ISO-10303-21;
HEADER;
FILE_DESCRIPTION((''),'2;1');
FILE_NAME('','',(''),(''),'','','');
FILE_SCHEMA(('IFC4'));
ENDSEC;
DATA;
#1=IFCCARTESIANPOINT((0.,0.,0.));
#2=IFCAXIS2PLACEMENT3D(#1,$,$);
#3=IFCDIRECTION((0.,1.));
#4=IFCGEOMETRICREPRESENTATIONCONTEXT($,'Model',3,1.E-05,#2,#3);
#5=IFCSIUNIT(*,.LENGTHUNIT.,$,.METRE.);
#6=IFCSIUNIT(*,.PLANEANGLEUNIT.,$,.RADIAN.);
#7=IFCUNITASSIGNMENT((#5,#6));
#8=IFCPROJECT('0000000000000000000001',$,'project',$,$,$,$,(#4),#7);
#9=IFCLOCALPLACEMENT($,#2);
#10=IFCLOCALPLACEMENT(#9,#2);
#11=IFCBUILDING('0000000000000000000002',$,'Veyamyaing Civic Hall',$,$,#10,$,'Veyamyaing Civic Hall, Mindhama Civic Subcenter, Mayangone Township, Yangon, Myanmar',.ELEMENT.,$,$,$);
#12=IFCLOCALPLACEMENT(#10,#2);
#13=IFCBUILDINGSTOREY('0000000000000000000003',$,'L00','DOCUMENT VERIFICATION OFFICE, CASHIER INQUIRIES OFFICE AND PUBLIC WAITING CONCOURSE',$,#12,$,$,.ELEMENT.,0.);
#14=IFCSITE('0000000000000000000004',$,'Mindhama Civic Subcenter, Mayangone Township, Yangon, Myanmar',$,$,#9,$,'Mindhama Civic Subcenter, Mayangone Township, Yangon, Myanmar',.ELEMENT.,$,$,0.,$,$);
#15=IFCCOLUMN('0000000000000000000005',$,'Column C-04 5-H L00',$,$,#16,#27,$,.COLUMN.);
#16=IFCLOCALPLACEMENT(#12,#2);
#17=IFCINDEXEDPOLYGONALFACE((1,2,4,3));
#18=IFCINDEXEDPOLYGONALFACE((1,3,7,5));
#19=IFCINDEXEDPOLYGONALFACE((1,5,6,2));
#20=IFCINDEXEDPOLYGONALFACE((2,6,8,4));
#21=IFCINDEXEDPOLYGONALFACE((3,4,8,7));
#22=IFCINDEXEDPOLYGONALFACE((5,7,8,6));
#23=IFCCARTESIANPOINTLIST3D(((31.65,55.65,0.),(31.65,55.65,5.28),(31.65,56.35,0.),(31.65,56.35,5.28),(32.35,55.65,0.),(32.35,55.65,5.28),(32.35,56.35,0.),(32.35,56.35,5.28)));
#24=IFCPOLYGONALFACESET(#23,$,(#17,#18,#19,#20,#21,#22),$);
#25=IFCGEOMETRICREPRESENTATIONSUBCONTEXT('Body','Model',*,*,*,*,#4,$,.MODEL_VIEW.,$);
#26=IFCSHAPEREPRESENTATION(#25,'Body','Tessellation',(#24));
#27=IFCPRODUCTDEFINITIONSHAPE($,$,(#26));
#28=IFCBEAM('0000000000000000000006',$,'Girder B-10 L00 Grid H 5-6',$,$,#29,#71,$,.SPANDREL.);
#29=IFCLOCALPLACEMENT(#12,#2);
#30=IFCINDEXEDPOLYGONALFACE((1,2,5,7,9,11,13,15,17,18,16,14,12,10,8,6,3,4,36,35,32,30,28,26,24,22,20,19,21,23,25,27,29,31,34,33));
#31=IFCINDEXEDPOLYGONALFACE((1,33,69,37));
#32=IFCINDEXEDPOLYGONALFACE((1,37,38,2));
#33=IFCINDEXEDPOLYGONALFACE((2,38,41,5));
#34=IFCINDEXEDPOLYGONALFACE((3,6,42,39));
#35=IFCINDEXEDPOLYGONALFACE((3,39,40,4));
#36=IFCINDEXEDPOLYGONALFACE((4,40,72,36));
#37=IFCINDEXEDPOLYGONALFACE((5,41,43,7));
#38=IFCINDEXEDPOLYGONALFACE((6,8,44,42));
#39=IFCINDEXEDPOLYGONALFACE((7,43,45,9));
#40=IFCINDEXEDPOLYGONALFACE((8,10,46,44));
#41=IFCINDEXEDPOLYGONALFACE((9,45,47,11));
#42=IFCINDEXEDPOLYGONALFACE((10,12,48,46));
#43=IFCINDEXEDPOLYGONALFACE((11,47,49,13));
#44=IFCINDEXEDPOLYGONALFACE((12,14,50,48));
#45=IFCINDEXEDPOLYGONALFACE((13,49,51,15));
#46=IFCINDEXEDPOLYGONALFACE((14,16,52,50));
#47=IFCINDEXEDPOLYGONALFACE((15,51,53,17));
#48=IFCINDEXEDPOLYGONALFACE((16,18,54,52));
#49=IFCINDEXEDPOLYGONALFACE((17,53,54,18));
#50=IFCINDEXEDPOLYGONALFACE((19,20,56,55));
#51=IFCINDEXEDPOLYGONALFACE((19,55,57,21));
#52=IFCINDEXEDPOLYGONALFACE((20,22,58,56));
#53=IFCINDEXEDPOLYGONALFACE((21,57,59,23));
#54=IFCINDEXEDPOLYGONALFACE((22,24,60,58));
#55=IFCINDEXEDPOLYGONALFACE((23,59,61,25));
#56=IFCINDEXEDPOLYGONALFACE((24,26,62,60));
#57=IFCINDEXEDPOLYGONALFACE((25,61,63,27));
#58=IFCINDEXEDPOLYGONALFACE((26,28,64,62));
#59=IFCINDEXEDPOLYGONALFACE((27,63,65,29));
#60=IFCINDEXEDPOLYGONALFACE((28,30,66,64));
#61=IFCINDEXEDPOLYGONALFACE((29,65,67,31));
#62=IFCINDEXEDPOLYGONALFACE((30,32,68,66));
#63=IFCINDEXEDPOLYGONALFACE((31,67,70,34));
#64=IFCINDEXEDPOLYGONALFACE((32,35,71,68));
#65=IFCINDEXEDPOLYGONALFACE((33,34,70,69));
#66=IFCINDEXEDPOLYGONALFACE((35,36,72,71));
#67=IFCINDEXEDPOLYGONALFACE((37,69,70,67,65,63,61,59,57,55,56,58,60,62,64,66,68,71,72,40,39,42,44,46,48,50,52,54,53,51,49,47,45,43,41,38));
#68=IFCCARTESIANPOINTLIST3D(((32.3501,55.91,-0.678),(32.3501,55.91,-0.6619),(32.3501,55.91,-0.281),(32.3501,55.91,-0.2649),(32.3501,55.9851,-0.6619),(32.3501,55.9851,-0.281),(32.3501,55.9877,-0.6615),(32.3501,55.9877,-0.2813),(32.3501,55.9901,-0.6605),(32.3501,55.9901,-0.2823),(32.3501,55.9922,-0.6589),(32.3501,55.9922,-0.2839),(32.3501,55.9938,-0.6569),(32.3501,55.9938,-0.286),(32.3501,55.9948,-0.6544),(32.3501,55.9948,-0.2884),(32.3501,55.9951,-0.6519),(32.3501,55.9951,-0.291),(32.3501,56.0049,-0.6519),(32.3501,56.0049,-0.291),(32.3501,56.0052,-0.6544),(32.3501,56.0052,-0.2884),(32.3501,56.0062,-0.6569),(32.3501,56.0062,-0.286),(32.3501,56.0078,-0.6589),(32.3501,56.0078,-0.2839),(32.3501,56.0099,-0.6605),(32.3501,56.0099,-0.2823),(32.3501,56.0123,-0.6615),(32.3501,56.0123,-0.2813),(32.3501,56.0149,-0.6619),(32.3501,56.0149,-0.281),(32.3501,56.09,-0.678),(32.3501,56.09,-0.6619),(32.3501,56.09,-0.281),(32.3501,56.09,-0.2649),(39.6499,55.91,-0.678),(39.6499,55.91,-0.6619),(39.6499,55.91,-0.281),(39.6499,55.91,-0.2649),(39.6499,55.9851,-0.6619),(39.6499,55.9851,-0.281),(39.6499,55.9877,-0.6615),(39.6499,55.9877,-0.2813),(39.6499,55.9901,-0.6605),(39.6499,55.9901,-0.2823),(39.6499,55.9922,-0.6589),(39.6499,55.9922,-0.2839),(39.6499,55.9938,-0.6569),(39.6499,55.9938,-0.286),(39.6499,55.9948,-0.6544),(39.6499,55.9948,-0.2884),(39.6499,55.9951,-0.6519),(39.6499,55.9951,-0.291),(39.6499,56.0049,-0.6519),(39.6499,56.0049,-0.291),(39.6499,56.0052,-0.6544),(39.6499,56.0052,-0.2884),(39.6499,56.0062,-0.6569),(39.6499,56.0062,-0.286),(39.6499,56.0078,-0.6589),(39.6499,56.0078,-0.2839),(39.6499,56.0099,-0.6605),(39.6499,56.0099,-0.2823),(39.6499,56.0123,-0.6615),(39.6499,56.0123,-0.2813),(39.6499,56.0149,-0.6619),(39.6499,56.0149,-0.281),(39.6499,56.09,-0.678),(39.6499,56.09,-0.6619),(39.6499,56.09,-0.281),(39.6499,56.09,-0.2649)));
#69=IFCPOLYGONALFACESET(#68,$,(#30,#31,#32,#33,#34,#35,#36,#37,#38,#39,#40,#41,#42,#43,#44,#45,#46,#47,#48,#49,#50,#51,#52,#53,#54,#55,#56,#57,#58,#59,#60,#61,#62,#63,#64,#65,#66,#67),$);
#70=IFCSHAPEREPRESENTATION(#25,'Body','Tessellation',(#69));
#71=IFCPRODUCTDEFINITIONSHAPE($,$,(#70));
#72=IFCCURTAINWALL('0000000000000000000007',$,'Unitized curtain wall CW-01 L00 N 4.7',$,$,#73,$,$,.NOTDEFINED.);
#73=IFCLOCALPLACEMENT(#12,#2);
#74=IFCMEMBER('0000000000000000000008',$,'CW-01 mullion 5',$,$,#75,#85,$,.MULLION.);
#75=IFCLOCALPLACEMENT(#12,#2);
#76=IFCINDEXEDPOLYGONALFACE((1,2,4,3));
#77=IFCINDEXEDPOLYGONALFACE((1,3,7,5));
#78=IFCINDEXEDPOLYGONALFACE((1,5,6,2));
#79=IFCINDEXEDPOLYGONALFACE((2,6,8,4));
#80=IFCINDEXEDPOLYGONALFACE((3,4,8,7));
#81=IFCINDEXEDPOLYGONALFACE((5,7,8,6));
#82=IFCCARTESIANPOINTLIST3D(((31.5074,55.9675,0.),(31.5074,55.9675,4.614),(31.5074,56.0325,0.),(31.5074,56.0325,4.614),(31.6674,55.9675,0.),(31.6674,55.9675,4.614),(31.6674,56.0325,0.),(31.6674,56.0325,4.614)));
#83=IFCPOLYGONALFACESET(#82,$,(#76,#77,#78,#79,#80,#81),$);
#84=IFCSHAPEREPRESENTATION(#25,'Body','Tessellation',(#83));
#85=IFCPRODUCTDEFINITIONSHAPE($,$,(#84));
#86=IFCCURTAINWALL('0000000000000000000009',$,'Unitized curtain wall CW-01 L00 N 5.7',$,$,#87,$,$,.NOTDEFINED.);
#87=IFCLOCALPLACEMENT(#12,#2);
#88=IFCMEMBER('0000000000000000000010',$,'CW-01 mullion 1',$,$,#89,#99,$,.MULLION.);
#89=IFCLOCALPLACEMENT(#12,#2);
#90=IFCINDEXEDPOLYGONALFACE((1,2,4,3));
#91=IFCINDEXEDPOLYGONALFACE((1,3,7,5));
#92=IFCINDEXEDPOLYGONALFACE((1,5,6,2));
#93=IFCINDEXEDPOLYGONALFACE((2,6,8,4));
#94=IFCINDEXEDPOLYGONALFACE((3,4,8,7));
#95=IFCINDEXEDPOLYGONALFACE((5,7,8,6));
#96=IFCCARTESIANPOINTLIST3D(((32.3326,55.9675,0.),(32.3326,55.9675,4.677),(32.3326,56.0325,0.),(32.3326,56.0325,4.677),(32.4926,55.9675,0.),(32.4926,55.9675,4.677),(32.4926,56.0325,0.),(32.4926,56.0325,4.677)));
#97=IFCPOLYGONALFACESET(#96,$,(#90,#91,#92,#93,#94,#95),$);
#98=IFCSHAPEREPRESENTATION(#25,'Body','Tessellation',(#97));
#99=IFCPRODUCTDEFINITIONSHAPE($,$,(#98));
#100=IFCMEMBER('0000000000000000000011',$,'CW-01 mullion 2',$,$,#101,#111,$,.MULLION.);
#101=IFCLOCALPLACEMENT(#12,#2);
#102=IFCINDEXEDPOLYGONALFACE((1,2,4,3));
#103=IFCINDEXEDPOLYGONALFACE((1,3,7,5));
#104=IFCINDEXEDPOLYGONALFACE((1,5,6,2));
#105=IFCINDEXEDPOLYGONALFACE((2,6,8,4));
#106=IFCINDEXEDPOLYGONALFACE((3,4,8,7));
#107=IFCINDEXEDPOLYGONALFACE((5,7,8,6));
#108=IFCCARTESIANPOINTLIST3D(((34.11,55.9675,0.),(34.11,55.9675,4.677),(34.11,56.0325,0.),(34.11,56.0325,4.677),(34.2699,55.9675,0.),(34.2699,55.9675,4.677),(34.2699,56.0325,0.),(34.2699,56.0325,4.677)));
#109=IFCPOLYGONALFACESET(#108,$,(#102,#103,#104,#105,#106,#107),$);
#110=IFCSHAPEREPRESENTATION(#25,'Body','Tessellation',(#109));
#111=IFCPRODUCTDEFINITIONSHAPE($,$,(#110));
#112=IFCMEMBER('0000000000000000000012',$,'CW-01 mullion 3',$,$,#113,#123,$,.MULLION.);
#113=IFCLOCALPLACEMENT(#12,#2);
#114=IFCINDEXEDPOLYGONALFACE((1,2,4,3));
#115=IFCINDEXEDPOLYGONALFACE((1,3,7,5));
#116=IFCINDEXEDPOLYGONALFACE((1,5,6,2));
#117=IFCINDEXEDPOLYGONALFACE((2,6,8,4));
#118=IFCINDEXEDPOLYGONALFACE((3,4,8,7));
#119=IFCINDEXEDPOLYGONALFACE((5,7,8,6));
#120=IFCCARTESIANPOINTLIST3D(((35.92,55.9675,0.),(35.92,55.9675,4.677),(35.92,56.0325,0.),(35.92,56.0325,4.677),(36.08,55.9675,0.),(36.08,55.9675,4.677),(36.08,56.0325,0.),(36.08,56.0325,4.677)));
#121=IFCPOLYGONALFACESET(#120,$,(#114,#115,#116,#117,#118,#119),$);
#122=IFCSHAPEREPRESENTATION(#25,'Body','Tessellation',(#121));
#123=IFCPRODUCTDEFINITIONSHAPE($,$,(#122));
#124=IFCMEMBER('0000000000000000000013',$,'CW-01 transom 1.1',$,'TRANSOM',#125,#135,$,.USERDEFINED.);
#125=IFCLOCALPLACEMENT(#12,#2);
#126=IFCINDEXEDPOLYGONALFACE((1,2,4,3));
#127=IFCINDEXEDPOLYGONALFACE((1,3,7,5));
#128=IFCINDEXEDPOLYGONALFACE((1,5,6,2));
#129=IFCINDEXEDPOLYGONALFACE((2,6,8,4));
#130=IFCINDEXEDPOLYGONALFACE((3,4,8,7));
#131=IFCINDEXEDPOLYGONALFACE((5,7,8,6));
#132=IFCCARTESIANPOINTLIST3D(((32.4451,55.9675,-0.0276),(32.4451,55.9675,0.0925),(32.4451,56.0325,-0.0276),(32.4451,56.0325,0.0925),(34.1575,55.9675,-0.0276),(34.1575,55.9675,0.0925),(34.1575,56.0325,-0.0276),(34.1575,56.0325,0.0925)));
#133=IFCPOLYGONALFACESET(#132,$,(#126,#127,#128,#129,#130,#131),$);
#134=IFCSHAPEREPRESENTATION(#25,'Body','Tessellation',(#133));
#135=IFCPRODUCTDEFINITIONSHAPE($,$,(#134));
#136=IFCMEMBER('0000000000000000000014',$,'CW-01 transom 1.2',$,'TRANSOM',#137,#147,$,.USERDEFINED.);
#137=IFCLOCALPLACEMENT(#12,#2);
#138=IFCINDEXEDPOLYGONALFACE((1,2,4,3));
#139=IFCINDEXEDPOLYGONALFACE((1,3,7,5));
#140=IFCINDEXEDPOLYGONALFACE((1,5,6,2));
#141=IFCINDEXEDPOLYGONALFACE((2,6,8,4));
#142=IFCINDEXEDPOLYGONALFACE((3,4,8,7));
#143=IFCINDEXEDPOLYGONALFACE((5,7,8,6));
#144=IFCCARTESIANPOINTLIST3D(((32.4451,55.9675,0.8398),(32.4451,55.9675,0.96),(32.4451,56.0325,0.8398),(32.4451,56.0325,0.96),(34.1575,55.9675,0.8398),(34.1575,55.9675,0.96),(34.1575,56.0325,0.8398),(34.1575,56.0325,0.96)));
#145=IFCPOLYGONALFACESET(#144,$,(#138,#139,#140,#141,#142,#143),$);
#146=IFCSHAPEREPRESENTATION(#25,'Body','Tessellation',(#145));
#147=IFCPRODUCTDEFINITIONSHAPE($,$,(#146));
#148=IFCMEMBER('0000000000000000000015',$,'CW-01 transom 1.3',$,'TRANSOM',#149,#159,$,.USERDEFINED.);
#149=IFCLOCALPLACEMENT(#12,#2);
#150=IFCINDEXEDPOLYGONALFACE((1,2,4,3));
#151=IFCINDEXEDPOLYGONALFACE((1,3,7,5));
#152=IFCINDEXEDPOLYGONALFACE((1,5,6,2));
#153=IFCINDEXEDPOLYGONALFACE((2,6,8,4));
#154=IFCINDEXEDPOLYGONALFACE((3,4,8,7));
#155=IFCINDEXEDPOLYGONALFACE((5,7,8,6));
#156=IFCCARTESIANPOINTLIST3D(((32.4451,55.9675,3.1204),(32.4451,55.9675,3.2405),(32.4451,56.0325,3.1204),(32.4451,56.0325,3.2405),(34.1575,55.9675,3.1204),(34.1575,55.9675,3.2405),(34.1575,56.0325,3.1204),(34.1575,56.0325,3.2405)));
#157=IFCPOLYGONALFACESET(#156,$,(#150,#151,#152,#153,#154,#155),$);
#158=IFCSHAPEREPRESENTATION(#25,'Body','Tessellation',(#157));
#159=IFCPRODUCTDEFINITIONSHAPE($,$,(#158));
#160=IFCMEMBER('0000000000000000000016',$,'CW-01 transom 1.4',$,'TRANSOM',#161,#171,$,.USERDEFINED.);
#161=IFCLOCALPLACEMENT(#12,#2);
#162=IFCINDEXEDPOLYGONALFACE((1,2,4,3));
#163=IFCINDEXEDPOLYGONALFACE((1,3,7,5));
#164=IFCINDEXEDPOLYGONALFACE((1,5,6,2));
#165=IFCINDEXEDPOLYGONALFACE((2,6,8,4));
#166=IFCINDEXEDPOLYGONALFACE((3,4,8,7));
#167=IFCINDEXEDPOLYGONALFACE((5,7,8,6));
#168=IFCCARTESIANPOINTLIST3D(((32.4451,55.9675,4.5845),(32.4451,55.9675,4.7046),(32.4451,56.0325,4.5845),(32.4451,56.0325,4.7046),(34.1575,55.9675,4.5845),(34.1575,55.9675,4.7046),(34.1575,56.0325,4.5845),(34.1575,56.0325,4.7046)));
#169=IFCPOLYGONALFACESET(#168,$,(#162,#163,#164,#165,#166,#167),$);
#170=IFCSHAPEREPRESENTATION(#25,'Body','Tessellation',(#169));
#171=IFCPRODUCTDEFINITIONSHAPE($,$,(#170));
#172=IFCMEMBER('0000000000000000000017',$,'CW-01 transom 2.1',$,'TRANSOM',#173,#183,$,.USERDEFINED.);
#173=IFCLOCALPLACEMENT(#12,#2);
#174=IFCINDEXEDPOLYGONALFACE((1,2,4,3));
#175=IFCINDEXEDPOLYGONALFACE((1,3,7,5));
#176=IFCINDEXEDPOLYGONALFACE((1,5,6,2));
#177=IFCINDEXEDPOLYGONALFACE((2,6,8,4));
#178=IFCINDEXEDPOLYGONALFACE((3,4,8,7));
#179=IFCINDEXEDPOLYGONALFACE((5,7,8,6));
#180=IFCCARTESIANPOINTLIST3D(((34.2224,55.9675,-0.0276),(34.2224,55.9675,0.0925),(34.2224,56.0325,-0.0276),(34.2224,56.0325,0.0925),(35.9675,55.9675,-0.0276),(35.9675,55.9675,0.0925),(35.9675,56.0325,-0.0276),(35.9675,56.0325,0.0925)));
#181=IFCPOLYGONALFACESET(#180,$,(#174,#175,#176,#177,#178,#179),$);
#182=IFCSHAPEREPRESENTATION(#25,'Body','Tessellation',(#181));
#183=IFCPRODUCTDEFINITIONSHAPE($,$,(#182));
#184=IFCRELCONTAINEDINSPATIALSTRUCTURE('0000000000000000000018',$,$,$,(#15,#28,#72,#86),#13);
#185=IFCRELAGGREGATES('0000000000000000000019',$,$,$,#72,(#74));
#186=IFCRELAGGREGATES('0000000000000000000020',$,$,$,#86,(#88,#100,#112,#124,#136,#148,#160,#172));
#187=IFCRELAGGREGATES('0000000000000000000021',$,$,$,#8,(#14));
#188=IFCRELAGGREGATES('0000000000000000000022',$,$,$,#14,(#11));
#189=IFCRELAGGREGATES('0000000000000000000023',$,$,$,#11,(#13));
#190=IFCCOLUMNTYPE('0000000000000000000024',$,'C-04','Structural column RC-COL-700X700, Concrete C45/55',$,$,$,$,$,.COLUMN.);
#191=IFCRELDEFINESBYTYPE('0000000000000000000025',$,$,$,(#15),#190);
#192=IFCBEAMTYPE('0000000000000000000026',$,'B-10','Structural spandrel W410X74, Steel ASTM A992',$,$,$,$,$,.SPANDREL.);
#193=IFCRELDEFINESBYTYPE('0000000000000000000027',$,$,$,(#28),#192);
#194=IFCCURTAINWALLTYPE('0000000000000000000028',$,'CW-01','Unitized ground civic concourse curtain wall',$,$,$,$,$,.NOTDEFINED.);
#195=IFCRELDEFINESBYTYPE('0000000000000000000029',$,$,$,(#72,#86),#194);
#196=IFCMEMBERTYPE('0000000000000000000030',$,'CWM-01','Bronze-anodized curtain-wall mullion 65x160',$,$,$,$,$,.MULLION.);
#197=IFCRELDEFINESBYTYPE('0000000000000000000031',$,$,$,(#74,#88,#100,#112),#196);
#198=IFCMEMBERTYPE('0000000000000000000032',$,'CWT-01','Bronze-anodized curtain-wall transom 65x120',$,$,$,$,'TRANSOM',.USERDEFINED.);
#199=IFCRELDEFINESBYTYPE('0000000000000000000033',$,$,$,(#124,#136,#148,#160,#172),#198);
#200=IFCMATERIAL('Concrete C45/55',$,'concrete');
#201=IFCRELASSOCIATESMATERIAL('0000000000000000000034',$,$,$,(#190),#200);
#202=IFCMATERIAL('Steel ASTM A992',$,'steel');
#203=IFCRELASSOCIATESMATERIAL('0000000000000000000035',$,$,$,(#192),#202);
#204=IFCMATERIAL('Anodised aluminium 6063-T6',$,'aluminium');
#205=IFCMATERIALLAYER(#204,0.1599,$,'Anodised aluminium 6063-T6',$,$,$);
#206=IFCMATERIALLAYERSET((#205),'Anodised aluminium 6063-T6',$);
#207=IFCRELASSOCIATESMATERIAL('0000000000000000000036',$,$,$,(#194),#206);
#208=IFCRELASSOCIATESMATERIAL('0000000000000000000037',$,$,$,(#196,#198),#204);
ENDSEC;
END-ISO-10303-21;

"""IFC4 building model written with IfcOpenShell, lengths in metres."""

from ifc_helpers import new_model, si_unit, direction, frame, origin, origin_2d, place, context, subcontext, project, spatial, rectangle, i_section, extrude, material, layer, layer_set, material_profile, profile_set, type_object, element, aggregate, save


model = new_model("IFC4")

# Units and contexts
model_context = context("Model", 3, precision=1e-05, world=origin(), true_north=direction((0.0, 1.0)))
body_context = subcontext(model_context, "Body", "Model", "MODEL_VIEW")
ifc_project = project(units=[si_unit("LENGTHUNIT", "METRE"), si_unit("PLANEANGLEUNIT", "RADIAN")], contexts=[model_context])

# Site, building, storey
site_placement = place(None, origin())
site = spatial("IfcSite", under=ifc_project, at=site_placement, Name="Mindhama Civic Subcenter, Mayangone Township, Yangon, Myanmar", LongName="Mindhama Civic Subcenter, Mayangone Township, Yangon, Myanmar", CompositionType="ELEMENT", RefElevation=0.0)
building_placement = place(site_placement, origin())
building = spatial("IfcBuilding", under=site, at=building_placement, Name="Veyamyaing Civic Hall", LongName="Veyamyaing Civic Hall, Mindhama Civic Subcenter, Mayangone Township, Yangon, Myanmar", CompositionType="ELEMENT")
storey_placement = place(building_placement, origin())
storey = spatial("IfcBuildingStorey", under=building, at=storey_placement, Name="L00", Description="DOCUMENT VERIFICATION OFFICE, CASHIER INQUIRIES OFFICE AND PUBLIC WAITING CONCOURSE", CompositionType="ELEMENT", Elevation=0.0)

# Column
ifc_material_1 = material(Name="Concrete C45/55", Category="concrete")
ifc_material_profile_1 = material_profile(ifc_material_1, rectangle(XDim=0.7, YDim=0.7, at=origin_2d()), Name="RC-COL-700X700")
ifc_profile_set_1 = profile_set([ifc_material_profile_1], Name="Concrete C45/55")
column_type = type_object("IfcColumnType", Name="C-04", Description="Structural column RC-COL-700X700, Concrete C45/55", PredefinedType="COLUMN", material=ifc_profile_set_1)
column_placement = place(storey_placement, frame((32.0, 56.0, 0.0), z_axis=(0.0, 0.0, 1.0), x_axis=(1.0, 0.0, 0.0)))
element("IfcColumn", 1, at=column_placement, inside=storey, type_object=column_type, Name="Column C-04 5-H L00", PredefinedType="COLUMN", context=body_context, shape_type="SweptSolid", body=[
    extrude(rectangle(XDim=0.7, YDim=0.7, at=origin_2d()), origin(), (0.0, 0.0, 1.0), 5.28),
])

# Beam
ifc_material_2 = material(Name="Steel ASTM A992", Category="steel")
ifc_material_profile_2 = material_profile(ifc_material_2, i_section(OverallWidth=0.1799, OverallDepth=0.4131, WebThickness=0.0098, FlangeThickness=0.0161, FilletRadius=0.01, at=origin_2d()), Name="W410X74")
ifc_profile_set_2 = profile_set([ifc_material_profile_2], Name="Steel ASTM A992")
beam_type = type_object("IfcBeamType", Name="B-10", Description="Structural spandrel W410X74, Steel ASTM A992", PredefinedType="SPANDREL", material=ifc_profile_set_2)
beam_placement = place(storey_placement, frame((32.3501, 56.0, -0.4714), z_axis=(1.0, 0.0, 0.0), x_axis=(0.0, 1.0, 0.0)))
element("IfcBeam", 2, at=beam_placement, inside=storey, type_object=beam_type, Name="Girder B-10 L00 Grid H 5-6", PredefinedType="SPANDREL", context=body_context, shape_type="SweptSolid", body=[
    extrude(i_section(OverallWidth=0.1799, OverallDepth=0.4131, WebThickness=0.0098, FlangeThickness=0.0161, FilletRadius=0.01, at=origin_2d()), origin(), (0.0, 0.0, 1.0), 7.2998),
])

# Curtain wall, member
ifc_material_3 = material(Name="Anodised aluminium 6063-T6", Category="aluminium")
ifc_layer_1 = layer(ifc_material_3, 0.1599, Name="Anodised aluminium 6063-T6")
ifc_layer_set_1 = layer_set([ifc_layer_1], Name="Anodised aluminium 6063-T6")
curtain_wall_type = type_object("IfcCurtainWallType", Name="CW-01", Description="Unitized ground civic concourse curtain wall", PredefinedType="NOTDEFINED", material=ifc_layer_set_1)
curtain_wall_1_placement = place(storey_placement, origin())
curtain_wall_1 = element("IfcCurtainWall", 3, at=curtain_wall_1_placement, inside=storey, type_object=curtain_wall_type, Name="Unitized curtain wall CW-01 L00 N 4.7", PredefinedType="NOTDEFINED")
ifc_material_profile_3 = material_profile(ifc_material_3, rectangle(XDim=0.0649, YDim=0.1599, at=origin_2d()), Name="ALU-MUL-65X160")
ifc_profile_set_3 = profile_set([ifc_material_profile_3], Name="Anodised aluminium 6063-T6")
member_type_1 = type_object("IfcMemberType", Name="CWM-01", Description="Bronze-anodized curtain-wall mullion 65x160", PredefinedType="MULLION", material=ifc_profile_set_3)
member_1_placement = place(storey_placement, frame((31.5874, 56.0, 0.0), z_axis=(0.0, 0.0, 1.0), x_axis=(0.0, 1.0, 0.0)))
member_1 = element("IfcMember", 4, at=member_1_placement, type_object=member_type_1, Name="CW-01 mullion 5", PredefinedType="MULLION", context=body_context, shape_type="SweptSolid", body=[
    extrude(rectangle(XDim=0.0649, YDim=0.1599, at=origin_2d()), origin(), (0.0, 0.0, 1.0), 4.614),
])

# Curtain wall, members
curtain_wall_2_placement = place(storey_placement, origin())
curtain_wall_2 = element("IfcCurtainWall", 5, at=curtain_wall_2_placement, inside=storey, type_object=curtain_wall_type, Name="Unitized curtain wall CW-01 L00 N 5.7", PredefinedType="NOTDEFINED")
member_2_placement = place(storey_placement, frame((32.4126, 56.0, 0.0), z_axis=(0.0, 0.0, 1.0), x_axis=(0.0, 1.0, 0.0)))
member_2 = element("IfcMember", 6, at=member_2_placement, type_object=member_type_1, Name="CW-01 mullion 1", PredefinedType="MULLION", context=body_context, shape_type="SweptSolid", body=[
    extrude(rectangle(XDim=0.0649, YDim=0.1599, at=origin_2d()), origin(), (0.0, 0.0, 1.0), 4.677),
])
member_3_placement = place(storey_placement, frame((34.1899, 56.0, 0.0), z_axis=(0.0, 0.0, 1.0), x_axis=(0.0, 1.0, 0.0)))
member_3 = element("IfcMember", 7, at=member_3_placement, type_object=member_type_1, Name="CW-01 mullion 2", PredefinedType="MULLION", context=body_context, shape_type="SweptSolid", body=[
    extrude(rectangle(XDim=0.0649, YDim=0.1599, at=origin_2d()), origin(), (0.0, 0.0, 1.0), 4.677),
])
member_4_placement = place(storey_placement, frame((36.0, 56.0, 0.0), z_axis=(0.0, 0.0, 1.0), x_axis=(0.0, 1.0, 0.0)))
member_4 = element("IfcMember", 8, at=member_4_placement, type_object=member_type_1, Name="CW-01 mullion 3", PredefinedType="MULLION", context=body_context, shape_type="SweptSolid", body=[
    extrude(rectangle(XDim=0.0649, YDim=0.1599, at=origin_2d()), origin(), (0.0, 0.0, 1.0), 4.677),
])
ifc_material_profile_4 = material_profile(ifc_material_3, rectangle(XDim=0.0649, YDim=0.1201, at=origin_2d()), Name="ALU-TRN-65X120")
ifc_profile_set_4 = profile_set([ifc_material_profile_4], Name="Anodised aluminium 6063-T6")
member_type_2 = type_object("IfcMemberType", Name="CWT-01", Description="Bronze-anodized curtain-wall transom 65x120", ElementType="TRANSOM", PredefinedType="USERDEFINED", material=ifc_profile_set_4)
member_5_placement = place(storey_placement, frame((32.4451, 56.0, 0.0325), z_axis=(1.0, 0.0, 0.0), x_axis=(0.0, 1.0, 0.0)))
member_5 = element("IfcMember", 9, at=member_5_placement, type_object=member_type_2, Name="CW-01 transom 1.1", ObjectType="TRANSOM", PredefinedType="USERDEFINED", context=body_context, shape_type="SweptSolid", body=[
    extrude(rectangle(XDim=0.0649, YDim=0.1201, at=origin_2d()), origin(), (0.0, 0.0, 1.0), 1.7124),
])
member_6_placement = place(storey_placement, frame((32.4451, 56.0, 0.8999), z_axis=(1.0, 0.0, 0.0), x_axis=(0.0, 1.0, 0.0)))
member_6 = element("IfcMember", 10, at=member_6_placement, type_object=member_type_2, Name="CW-01 transom 1.2", ObjectType="TRANSOM", PredefinedType="USERDEFINED", context=body_context, shape_type="SweptSolid", body=[
    extrude(rectangle(XDim=0.0649, YDim=0.1201, at=origin_2d()), origin(), (0.0, 0.0, 1.0), 1.7124),
])
member_7_placement = place(storey_placement, frame((32.4451, 56.0, 3.1804), z_axis=(1.0, 0.0, 0.0), x_axis=(0.0, 1.0, 0.0)))
member_7 = element("IfcMember", 11, at=member_7_placement, type_object=member_type_2, Name="CW-01 transom 1.3", ObjectType="TRANSOM", PredefinedType="USERDEFINED", context=body_context, shape_type="SweptSolid", body=[
    extrude(rectangle(XDim=0.0649, YDim=0.1201, at=origin_2d()), origin(), (0.0, 0.0, 1.0), 1.7124),
])
member_8_placement = place(storey_placement, frame((32.4451, 56.0, 4.6445), z_axis=(1.0, 0.0, 0.0), x_axis=(0.0, 1.0, 0.0)))
member_8 = element("IfcMember", 12, at=member_8_placement, type_object=member_type_2, Name="CW-01 transom 1.4", ObjectType="TRANSOM", PredefinedType="USERDEFINED", context=body_context, shape_type="SweptSolid", body=[
    extrude(rectangle(XDim=0.0649, YDim=0.1201, at=origin_2d()), origin(), (0.0, 0.0, 1.0), 1.7124),
])
member_9_placement = place(storey_placement, frame((34.2224, 56.0, 0.0325), z_axis=(1.0, 0.0, 0.0), x_axis=(0.0, 1.0, 0.0)))
member_9 = element("IfcMember", 13, at=member_9_placement, type_object=member_type_2, Name="CW-01 transom 2.1", ObjectType="TRANSOM", PredefinedType="USERDEFINED", context=body_context, shape_type="SweptSolid", body=[
    extrude(rectangle(XDim=0.0649, YDim=0.1201, at=origin_2d()), origin(), (0.0, 0.0, 1.0), 1.7451),
])

aggregate(curtain_wall_1, [member_1])
aggregate(curtain_wall_2, [member_2, member_3, member_4, member_5, member_6, member_7, member_8, member_9])

save(model, "model.ifc")
